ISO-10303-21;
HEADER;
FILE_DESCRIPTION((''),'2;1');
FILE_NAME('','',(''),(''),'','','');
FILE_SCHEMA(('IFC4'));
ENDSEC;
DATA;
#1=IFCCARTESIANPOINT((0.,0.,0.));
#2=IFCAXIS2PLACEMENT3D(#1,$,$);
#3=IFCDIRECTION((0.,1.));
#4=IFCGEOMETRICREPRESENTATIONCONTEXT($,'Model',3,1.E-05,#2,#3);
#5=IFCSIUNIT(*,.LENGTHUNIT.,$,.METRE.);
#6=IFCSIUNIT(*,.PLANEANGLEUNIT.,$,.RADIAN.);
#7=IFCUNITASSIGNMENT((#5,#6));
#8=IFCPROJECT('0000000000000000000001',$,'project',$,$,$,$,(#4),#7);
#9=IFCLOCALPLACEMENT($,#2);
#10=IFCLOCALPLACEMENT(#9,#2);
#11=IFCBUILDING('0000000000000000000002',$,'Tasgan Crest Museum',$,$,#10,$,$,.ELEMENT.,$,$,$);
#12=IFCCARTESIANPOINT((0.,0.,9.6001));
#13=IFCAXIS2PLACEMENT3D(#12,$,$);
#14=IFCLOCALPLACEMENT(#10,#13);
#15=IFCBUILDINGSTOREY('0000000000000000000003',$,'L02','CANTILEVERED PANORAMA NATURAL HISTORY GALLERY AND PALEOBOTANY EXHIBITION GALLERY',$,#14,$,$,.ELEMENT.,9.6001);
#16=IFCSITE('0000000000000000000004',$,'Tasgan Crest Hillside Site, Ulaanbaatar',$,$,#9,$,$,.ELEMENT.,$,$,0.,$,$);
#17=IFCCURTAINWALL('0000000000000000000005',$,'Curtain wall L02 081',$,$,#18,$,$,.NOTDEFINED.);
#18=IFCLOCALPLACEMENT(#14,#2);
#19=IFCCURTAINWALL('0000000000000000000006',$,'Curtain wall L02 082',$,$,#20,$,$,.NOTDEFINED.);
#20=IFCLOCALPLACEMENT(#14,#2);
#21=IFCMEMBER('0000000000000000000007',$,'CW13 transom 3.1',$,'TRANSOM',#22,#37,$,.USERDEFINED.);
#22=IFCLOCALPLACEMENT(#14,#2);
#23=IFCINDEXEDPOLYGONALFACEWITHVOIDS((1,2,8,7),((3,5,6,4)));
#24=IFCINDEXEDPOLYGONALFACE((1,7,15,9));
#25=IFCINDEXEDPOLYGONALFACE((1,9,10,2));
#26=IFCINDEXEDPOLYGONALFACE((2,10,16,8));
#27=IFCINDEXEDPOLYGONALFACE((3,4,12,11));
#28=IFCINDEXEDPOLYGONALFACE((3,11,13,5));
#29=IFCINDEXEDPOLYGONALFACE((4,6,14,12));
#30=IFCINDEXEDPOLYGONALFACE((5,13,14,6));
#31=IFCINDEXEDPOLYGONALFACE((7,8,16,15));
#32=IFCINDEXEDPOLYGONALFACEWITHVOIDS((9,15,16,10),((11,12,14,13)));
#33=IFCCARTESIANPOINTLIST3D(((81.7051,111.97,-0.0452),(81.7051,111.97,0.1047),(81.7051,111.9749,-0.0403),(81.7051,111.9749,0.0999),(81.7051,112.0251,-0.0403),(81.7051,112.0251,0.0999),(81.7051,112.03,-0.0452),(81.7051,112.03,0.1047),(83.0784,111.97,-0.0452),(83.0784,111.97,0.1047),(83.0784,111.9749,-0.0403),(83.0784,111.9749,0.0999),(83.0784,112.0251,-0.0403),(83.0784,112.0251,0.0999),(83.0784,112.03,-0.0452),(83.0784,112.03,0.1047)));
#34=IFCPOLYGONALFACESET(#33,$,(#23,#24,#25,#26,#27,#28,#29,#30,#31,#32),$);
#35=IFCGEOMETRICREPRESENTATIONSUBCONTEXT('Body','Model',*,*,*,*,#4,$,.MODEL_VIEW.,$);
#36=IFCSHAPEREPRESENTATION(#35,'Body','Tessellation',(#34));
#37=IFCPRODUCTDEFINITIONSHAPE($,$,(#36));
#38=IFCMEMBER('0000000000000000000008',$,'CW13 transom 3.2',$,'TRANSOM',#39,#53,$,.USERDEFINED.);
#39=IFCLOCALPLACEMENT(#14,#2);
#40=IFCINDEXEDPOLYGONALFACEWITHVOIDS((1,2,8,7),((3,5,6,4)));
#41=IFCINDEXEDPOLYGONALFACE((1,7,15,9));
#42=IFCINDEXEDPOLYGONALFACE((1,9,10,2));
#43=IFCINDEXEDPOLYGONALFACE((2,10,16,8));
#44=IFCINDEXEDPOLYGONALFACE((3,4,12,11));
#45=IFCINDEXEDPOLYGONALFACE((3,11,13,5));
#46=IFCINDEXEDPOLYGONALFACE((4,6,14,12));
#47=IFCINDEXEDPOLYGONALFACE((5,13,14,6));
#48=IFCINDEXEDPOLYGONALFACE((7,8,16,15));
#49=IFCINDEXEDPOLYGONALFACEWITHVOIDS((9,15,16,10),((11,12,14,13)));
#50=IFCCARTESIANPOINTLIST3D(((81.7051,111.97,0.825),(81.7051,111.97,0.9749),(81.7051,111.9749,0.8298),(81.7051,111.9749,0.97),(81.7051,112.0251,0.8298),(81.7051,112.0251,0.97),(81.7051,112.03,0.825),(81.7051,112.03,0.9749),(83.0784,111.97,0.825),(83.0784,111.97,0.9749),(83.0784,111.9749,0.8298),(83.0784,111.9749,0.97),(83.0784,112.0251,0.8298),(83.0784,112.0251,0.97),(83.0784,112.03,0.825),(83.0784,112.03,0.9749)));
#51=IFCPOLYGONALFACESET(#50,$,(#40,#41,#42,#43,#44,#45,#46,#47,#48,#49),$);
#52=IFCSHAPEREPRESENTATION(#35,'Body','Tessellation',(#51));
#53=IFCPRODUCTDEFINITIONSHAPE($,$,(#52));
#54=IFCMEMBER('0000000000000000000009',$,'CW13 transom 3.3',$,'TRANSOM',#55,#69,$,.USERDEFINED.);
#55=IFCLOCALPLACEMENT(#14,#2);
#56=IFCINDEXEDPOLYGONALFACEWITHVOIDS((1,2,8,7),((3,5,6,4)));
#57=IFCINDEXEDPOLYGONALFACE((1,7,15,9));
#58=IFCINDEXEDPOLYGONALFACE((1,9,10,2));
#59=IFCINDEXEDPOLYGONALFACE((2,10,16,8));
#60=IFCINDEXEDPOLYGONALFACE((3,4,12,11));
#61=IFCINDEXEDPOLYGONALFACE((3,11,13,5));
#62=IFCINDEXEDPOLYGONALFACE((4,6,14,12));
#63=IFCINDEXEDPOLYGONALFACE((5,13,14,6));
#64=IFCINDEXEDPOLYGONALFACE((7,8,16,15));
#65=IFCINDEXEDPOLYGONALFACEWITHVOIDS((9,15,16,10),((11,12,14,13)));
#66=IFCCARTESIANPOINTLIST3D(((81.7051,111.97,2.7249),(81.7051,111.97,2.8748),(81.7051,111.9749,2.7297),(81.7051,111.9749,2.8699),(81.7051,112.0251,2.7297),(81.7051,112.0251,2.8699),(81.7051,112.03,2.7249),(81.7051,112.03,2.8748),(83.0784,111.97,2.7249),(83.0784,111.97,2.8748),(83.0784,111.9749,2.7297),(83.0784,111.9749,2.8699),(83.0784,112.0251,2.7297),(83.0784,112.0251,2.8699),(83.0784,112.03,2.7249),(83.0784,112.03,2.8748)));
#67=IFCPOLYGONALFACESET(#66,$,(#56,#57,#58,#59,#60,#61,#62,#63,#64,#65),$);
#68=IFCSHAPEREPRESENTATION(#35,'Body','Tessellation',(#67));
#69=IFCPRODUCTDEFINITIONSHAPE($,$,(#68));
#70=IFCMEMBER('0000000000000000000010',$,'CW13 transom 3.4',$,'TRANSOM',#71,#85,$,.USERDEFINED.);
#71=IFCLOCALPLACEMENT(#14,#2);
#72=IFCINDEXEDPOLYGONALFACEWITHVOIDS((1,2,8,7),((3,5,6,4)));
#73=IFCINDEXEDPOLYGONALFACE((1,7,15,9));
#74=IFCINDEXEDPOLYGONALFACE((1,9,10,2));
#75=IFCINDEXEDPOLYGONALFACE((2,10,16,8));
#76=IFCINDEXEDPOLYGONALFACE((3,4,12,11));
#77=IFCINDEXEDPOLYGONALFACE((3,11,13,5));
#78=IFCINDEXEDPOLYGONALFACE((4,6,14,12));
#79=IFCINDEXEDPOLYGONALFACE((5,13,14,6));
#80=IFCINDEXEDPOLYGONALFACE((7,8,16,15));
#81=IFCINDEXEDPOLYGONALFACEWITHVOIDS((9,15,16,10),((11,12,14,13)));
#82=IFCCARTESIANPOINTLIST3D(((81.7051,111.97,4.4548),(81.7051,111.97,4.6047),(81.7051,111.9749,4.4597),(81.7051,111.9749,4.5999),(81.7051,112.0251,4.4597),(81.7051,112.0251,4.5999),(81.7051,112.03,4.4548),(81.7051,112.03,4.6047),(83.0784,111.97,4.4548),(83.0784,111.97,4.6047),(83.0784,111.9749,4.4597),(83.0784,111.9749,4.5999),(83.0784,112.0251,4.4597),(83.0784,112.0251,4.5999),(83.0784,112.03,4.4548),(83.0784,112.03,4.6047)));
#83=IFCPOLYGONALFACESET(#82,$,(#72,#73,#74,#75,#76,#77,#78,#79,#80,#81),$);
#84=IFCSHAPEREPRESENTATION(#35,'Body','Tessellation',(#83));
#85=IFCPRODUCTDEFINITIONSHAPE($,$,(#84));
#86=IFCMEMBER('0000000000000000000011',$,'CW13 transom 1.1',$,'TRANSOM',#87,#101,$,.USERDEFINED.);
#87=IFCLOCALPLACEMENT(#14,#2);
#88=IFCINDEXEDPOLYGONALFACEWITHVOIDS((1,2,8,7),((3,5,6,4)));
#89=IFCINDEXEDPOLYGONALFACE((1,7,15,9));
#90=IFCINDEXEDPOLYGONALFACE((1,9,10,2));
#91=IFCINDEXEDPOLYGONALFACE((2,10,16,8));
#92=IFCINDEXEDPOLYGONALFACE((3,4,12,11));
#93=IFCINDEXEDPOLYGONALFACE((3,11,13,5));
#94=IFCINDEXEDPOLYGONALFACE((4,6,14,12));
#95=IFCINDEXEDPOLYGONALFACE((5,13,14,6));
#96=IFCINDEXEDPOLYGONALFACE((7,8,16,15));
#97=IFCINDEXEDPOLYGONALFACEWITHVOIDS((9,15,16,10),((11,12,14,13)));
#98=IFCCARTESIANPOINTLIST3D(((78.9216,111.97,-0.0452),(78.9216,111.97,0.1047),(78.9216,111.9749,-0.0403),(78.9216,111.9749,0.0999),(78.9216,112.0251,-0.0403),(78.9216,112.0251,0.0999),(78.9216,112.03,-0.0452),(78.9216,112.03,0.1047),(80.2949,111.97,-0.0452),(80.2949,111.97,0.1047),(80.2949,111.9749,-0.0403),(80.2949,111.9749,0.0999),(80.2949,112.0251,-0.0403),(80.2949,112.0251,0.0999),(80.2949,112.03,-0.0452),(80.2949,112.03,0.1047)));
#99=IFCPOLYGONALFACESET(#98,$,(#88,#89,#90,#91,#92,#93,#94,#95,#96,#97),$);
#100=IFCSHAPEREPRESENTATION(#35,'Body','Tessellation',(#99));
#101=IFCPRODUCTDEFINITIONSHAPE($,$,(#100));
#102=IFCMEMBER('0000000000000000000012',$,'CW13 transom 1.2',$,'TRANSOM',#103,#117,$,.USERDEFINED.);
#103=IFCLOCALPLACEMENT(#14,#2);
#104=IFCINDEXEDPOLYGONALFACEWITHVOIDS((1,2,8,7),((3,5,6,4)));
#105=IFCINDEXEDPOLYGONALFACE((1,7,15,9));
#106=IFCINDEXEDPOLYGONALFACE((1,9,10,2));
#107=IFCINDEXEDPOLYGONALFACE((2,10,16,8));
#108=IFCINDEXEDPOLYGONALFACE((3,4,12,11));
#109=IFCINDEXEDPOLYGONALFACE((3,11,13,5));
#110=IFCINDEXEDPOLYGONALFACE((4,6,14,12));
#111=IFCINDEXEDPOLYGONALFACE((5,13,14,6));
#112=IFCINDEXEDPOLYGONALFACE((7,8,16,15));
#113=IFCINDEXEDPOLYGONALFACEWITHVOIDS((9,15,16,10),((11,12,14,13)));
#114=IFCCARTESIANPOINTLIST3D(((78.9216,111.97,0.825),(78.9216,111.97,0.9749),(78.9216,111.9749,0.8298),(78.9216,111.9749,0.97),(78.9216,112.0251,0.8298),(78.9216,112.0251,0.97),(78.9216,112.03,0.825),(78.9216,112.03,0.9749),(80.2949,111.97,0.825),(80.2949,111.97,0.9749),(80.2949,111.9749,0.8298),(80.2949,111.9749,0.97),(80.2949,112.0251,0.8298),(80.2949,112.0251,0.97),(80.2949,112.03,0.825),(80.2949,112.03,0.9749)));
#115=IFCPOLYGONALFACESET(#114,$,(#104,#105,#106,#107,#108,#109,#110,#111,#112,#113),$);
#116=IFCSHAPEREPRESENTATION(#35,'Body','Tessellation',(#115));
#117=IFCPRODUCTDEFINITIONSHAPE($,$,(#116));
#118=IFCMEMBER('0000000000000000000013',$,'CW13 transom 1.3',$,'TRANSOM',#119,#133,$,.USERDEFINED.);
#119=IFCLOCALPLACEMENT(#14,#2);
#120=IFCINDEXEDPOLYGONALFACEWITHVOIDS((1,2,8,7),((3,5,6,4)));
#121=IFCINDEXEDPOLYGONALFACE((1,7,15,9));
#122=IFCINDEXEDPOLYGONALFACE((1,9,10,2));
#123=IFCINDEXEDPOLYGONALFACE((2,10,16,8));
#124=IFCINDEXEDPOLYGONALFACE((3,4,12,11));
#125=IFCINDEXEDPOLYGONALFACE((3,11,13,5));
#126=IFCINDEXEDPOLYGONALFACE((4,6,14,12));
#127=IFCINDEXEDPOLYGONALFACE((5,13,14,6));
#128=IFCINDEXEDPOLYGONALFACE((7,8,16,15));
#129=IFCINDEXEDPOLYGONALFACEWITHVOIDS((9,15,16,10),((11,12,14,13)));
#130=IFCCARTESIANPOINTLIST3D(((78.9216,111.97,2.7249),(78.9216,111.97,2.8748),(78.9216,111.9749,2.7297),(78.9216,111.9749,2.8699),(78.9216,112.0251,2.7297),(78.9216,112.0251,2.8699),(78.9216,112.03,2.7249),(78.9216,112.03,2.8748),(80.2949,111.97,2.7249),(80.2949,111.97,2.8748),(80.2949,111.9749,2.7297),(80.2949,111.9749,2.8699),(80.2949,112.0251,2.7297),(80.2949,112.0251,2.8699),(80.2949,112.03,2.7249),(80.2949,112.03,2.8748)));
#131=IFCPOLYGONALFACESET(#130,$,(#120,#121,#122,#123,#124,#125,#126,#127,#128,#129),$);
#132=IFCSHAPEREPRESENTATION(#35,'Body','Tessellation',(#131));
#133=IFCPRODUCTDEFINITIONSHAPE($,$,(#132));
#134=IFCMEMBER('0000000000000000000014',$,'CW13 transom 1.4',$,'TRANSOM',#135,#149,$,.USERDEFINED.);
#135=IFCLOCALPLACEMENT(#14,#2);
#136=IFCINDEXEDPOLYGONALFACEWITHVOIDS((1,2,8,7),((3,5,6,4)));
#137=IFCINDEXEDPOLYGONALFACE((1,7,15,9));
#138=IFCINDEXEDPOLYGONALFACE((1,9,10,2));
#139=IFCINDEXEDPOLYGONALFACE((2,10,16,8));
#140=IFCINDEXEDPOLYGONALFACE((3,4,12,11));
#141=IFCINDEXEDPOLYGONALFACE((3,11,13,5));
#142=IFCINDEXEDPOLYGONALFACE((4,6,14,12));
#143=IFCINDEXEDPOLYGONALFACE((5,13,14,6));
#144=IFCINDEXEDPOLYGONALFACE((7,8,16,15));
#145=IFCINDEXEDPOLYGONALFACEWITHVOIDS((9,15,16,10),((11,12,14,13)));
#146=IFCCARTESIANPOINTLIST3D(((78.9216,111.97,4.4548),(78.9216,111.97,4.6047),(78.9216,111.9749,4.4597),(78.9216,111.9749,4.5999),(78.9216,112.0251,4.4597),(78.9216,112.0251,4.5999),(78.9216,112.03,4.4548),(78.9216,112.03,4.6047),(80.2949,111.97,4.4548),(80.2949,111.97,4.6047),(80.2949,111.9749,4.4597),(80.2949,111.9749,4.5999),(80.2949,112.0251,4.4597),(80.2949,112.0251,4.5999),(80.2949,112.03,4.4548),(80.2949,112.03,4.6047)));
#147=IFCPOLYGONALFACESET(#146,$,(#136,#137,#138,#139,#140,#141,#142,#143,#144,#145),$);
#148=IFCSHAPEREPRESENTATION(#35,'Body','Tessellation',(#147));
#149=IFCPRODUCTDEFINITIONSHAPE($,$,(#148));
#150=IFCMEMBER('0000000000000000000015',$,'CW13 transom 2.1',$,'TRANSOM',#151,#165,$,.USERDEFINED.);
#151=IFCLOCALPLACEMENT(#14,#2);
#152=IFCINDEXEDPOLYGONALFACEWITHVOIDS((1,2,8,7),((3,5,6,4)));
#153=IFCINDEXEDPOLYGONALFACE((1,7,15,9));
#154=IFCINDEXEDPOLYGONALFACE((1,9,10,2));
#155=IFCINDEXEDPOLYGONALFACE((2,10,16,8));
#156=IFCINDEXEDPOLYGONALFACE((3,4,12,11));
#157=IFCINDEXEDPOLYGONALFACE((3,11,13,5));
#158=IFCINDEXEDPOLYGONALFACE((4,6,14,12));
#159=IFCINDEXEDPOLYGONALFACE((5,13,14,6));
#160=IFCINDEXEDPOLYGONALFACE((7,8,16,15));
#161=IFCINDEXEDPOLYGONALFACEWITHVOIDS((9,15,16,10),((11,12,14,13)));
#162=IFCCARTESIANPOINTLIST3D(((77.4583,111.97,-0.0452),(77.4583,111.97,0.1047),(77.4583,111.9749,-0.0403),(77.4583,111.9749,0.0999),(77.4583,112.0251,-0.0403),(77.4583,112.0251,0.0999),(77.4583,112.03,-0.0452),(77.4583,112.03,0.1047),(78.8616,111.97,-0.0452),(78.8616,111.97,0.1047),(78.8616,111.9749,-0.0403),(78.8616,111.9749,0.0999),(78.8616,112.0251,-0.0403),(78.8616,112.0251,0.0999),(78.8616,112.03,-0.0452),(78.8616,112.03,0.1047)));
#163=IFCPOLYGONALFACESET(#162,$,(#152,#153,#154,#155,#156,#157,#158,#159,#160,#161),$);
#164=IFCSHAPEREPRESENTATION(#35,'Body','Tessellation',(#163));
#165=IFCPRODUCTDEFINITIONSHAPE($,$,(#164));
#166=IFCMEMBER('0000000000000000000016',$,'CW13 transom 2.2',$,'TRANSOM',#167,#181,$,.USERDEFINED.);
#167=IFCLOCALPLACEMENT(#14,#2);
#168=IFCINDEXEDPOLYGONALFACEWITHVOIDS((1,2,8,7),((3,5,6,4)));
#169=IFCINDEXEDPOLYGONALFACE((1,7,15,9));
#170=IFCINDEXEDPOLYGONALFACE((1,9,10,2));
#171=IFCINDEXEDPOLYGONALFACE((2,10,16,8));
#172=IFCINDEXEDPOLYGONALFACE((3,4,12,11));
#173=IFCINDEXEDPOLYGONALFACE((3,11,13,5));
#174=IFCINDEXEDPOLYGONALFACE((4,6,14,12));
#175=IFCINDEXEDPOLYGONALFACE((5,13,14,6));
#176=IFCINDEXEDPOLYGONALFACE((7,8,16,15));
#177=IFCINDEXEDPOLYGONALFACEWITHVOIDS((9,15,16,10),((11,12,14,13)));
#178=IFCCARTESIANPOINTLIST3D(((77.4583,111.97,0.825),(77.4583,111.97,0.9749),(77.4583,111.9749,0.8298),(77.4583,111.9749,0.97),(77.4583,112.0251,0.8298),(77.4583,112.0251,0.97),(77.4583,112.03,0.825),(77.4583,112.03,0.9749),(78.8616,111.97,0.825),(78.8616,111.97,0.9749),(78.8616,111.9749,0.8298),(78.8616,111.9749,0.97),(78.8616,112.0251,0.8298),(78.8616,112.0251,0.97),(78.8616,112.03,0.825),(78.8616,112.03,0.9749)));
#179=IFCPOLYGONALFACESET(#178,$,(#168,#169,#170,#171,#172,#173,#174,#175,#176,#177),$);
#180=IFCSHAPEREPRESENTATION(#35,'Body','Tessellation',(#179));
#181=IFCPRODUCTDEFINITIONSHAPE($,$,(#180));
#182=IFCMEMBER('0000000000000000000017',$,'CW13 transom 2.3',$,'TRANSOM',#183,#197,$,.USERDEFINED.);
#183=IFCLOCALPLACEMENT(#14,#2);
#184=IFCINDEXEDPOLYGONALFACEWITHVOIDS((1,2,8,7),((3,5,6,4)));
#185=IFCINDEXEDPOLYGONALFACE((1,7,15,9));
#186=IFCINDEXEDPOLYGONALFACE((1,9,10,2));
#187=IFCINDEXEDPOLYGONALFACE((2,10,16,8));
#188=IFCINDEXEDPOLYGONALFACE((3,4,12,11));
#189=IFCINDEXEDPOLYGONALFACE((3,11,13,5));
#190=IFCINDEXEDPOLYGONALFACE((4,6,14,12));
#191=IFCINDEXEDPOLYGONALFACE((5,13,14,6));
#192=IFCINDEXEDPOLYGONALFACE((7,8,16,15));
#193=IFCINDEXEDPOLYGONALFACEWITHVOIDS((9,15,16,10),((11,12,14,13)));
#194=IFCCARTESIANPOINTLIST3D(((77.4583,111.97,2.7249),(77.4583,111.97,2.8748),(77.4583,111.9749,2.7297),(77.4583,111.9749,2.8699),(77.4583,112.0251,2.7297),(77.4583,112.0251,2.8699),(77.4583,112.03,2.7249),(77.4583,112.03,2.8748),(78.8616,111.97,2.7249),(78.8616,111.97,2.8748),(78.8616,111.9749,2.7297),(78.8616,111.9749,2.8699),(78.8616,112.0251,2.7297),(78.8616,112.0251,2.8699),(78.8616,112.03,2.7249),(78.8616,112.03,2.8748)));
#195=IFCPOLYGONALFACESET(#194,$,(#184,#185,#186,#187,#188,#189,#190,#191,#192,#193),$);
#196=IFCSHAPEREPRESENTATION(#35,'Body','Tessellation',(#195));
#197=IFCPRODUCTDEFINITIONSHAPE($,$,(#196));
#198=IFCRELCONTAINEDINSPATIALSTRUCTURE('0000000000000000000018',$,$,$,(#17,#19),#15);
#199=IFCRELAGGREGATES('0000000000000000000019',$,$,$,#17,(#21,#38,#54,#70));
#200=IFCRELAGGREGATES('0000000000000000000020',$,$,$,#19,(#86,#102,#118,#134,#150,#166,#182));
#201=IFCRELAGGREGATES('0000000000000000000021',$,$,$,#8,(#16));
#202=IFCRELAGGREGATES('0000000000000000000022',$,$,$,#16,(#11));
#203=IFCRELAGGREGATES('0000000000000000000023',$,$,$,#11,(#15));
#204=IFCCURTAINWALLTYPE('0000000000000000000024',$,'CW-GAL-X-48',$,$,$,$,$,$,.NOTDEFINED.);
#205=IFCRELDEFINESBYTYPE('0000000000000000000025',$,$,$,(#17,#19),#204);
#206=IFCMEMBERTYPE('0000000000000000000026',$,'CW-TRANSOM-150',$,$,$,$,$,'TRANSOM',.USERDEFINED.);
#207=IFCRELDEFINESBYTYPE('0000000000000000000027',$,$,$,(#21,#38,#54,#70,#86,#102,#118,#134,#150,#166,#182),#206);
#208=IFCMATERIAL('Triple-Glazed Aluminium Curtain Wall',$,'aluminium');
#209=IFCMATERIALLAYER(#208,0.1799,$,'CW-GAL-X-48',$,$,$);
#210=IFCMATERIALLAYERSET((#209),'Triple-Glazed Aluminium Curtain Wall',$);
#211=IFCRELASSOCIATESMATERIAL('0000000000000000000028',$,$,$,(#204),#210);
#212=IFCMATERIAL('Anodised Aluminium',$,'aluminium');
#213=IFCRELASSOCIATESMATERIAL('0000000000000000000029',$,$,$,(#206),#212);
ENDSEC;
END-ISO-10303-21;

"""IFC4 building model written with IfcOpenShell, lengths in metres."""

from ifc_helpers import new_model, si_unit, direction, frame, origin, origin_2d, place, context, subcontext, project, spatial, hollow_rectangle, extrude, material, layer, layer_set, material_profile, profile_set, type_object, element, aggregate, save


model = new_model("IFC4")

# Units and contexts
model_context = context("Model", 3, precision=1e-05, world=origin(), true_north=direction((0.0, 1.0)))
body_context = subcontext(model_context, "Body", "Model", "MODEL_VIEW")
ifc_project = project(units=[si_unit("LENGTHUNIT", "METRE"), si_unit("PLANEANGLEUNIT", "RADIAN")], contexts=[model_context])

# Site, building, storey
site_placement = place(None, origin())
site = spatial("IfcSite", under=ifc_project, at=site_placement, Name="Tasgan Crest Hillside Site, Ulaanbaatar", CompositionType="ELEMENT", RefElevation=0.0)
building_placement = place(site_placement, origin())
building = spatial("IfcBuilding", under=site, at=building_placement, Name="Tasgan Crest Museum", CompositionType="ELEMENT")
storey_placement = place(building_placement, frame((0.0, 0.0, 9.6001)))
storey = spatial("IfcBuildingStorey", under=building, at=storey_placement, Name="L02", Description="CANTILEVERED PANORAMA NATURAL HISTORY GALLERY AND PALEOBOTANY EXHIBITION GALLERY", CompositionType="ELEMENT", Elevation=9.6001)

# Curtain walls
ifc_material_1 = material(Name="Triple-Glazed Aluminium Curtain Wall", Category="aluminium")
ifc_layer_1 = layer(ifc_material_1, 0.1799, Name="CW-GAL-X-48")
ifc_layer_set_1 = layer_set([ifc_layer_1], Name="Triple-Glazed Aluminium Curtain Wall")
curtain_wall_type = type_object("IfcCurtainWallType", Name="CW-GAL-X-48", PredefinedType="NOTDEFINED", material=ifc_layer_set_1)
curtain_wall_1_placement = place(storey_placement, origin())
curtain_wall_1 = element("IfcCurtainWall", 1, at=curtain_wall_1_placement, inside=storey, type_object=curtain_wall_type, Name="Curtain wall L02 081", PredefinedType="NOTDEFINED")
curtain_wall_2_placement = place(storey_placement, origin())
curtain_wall_2 = element("IfcCurtainWall", 2, at=curtain_wall_2_placement, inside=storey, type_object=curtain_wall_type, Name="Curtain wall L02 082", PredefinedType="NOTDEFINED")

# Members
ifc_material_2 = material(Name="Anodised Aluminium", Category="aluminium")
ifc_material_profile_1 = material_profile(ifc_material_2, hollow_rectangle(XDim=0.0601, YDim=0.1499, WallThickness=0.0049, at=origin_2d()), Name="ALU TRANSOM 150x60x5")
ifc_profile_set_1 = profile_set([ifc_material_profile_1], Name="Anodised Aluminium")
member_type_1 = type_object("IfcMemberType", Name="CW-TRANSOM-150", ElementType="TRANSOM", PredefinedType="USERDEFINED", material=ifc_profile_set_1)
member_1_placement = place(storey_placement, frame((83.0784, 112.0, 0.0298), z_axis=(-1.0, 0.0, 0.0), x_axis=(0.0, -1.0, 0.0)))
member_1 = element("IfcMember", 3, at=member_1_placement, type_object=member_type_1, Name="CW13 transom 3.1", ObjectType="TRANSOM", PredefinedType="USERDEFINED", context=body_context, shape_type="SweptSolid", body=[
    extrude(hollow_rectangle(XDim=0.0601, YDim=0.1499, WallThickness=0.0049, at=origin_2d()), origin(), (0.0, 0.0, 1.0), 1.3733),
])
member_2_placement = place(storey_placement, frame((83.0784, 112.0, 0.8999), z_axis=(-1.0, 0.0, 0.0), x_axis=(0.0, -1.0, 0.0)))
member_2 = element("IfcMember", 4, at=member_2_placement, type_object=member_type_1, Name="CW13 transom 3.2", ObjectType="TRANSOM", PredefinedType="USERDEFINED", context=body_context, shape_type="SweptSolid", body=[
    extrude(hollow_rectangle(XDim=0.0601, YDim=0.1499, WallThickness=0.0049, at=origin_2d()), origin(), (0.0, 0.0, 1.0), 1.3733),
])
member_3_placement = place(storey_placement, frame((83.0784, 112.0, 2.7998), z_axis=(-1.0, 0.0, 0.0), x_axis=(0.0, -1.0, 0.0)))
member_3 = element("IfcMember", 5, at=member_3_placement, type_object=member_type_1, Name="CW13 transom 3.3", ObjectType="TRANSOM", PredefinedType="USERDEFINED", context=body_context, shape_type="SweptSolid", body=[
    extrude(hollow_rectangle(XDim=0.0601, YDim=0.1499, WallThickness=0.0049, at=origin_2d()), origin(), (0.0, 0.0, 1.0), 1.3733),
])
member_4_placement = place(storey_placement, frame((83.0784, 112.0, 4.5298), z_axis=(-1.0, 0.0, 0.0), x_axis=(0.0, -1.0, 0.0)))
member_4 = element("IfcMember", 6, at=member_4_placement, type_object=member_type_1, Name="CW13 transom 3.4", ObjectType="TRANSOM", PredefinedType="USERDEFINED", context=body_context, shape_type="SweptSolid", body=[
    extrude(hollow_rectangle(XDim=0.0601, YDim=0.1499, WallThickness=0.0049, at=origin_2d()), origin(), (0.0, 0.0, 1.0), 1.3733),
])
member_5_placement = place(storey_placement, frame((80.2949, 112.0, 0.0298), z_axis=(-1.0, 0.0, 0.0), x_axis=(0.0, -1.0, 0.0)))
member_5 = element("IfcMember", 7, at=member_5_placement, type_object=member_type_1, Name="CW13 transom 1.1", ObjectType="TRANSOM", PredefinedType="USERDEFINED", context=body_context, shape_type="SweptSolid", body=[
    extrude(hollow_rectangle(XDim=0.0601, YDim=0.1499, WallThickness=0.0049, at=origin_2d()), origin(), (0.0, 0.0, 1.0), 1.3733),
])
member_6_placement = place(storey_placement, frame((80.2949, 112.0, 0.8999), z_axis=(-1.0, 0.0, 0.0), x_axis=(0.0, -1.0, 0.0)))
member_6 = element("IfcMember", 8, at=member_6_placement, type_object=member_type_1, Name="CW13 transom 1.2", ObjectType="TRANSOM", PredefinedType="USERDEFINED", context=body_context, shape_type="SweptSolid", body=[
    extrude(hollow_rectangle(XDim=0.0601, YDim=0.1499, WallThickness=0.0049, at=origin_2d()), origin(), (0.0, 0.0, 1.0), 1.3733),
])
member_7_placement = place(storey_placement, frame((80.2949, 112.0, 2.7998), z_axis=(-1.0, 0.0, 0.0), x_axis=(0.0, -1.0, 0.0)))
member_7 = element("IfcMember", 9, at=member_7_placement, type_object=member_type_1, Name="CW13 transom 1.3", ObjectType="TRANSOM", PredefinedType="USERDEFINED", context=body_context, shape_type="SweptSolid", body=[
    extrude(hollow_rectangle(XDim=0.0601, YDim=0.1499, WallThickness=0.0049, at=origin_2d()), origin(), (0.0, 0.0, 1.0), 1.3733),
])
member_8_placement = place(storey_placement, frame((80.2949, 112.0, 4.5298), z_axis=(-1.0, 0.0, 0.0), x_axis=(0.0, -1.0, 0.0)))
member_8 = element("IfcMember", 10, at=member_8_placement, type_object=member_type_1, Name="CW13 transom 1.4", ObjectType="TRANSOM", PredefinedType="USERDEFINED", context=body_context, shape_type="SweptSolid", body=[
    extrude(hollow_rectangle(XDim=0.0601, YDim=0.1499, WallThickness=0.0049, at=origin_2d()), origin(), (0.0, 0.0, 1.0), 1.3733),
])
member_9_placement = place(storey_placement, frame((78.8616, 112.0, 0.0298), z_axis=(-1.0, 0.0, 0.0), x_axis=(0.0, -1.0, 0.0)))
member_9 = element("IfcMember", 11, at=member_9_placement, type_object=member_type_1, Name="CW13 transom 2.1", ObjectType="TRANSOM", PredefinedType="USERDEFINED", context=body_context, shape_type="SweptSolid", body=[
    extrude(hollow_rectangle(XDim=0.0601, YDim=0.1499, WallThickness=0.0049, at=origin_2d()), origin(), (0.0, 0.0, 1.0), 1.4033),
])
member_10_placement = place(storey_placement, frame((78.8616, 112.0, 0.8999), z_axis=(-1.0, 0.0, 0.0), x_axis=(0.0, -1.0, 0.0)))
member_10 = element("IfcMember", 12, at=member_10_placement, type_object=member_type_1, Name="CW13 transom 2.2", ObjectType="TRANSOM", PredefinedType="USERDEFINED", context=body_context, shape_type="SweptSolid", body=[
    extrude(hollow_rectangle(XDim=0.0601, YDim=0.1499, WallThickness=0.0049, at=origin_2d()), origin(), (0.0, 0.0, 1.0), 1.4033),
])
member_11_placement = place(storey_placement, frame((78.8616, 112.0, 2.7998), z_axis=(-1.0, 0.0, 0.0), x_axis=(0.0, -1.0, 0.0)))
member_11 = element("IfcMember", 13, at=member_11_placement, type_object=member_type_1, Name="CW13 transom 2.3", ObjectType="TRANSOM", PredefinedType="USERDEFINED", context=body_context, shape_type="SweptSolid", body=[
    extrude(hollow_rectangle(XDim=0.0601, YDim=0.1499, WallThickness=0.0049, at=origin_2d()), origin(), (0.0, 0.0, 1.0), 1.4033),
])

aggregate(curtain_wall_1, [member_1, member_2, member_3, member_4])
aggregate(curtain_wall_2, [member_5, member_6, member_7, member_8, member_9, member_10, member_11])

save(model, "model.ifc")
